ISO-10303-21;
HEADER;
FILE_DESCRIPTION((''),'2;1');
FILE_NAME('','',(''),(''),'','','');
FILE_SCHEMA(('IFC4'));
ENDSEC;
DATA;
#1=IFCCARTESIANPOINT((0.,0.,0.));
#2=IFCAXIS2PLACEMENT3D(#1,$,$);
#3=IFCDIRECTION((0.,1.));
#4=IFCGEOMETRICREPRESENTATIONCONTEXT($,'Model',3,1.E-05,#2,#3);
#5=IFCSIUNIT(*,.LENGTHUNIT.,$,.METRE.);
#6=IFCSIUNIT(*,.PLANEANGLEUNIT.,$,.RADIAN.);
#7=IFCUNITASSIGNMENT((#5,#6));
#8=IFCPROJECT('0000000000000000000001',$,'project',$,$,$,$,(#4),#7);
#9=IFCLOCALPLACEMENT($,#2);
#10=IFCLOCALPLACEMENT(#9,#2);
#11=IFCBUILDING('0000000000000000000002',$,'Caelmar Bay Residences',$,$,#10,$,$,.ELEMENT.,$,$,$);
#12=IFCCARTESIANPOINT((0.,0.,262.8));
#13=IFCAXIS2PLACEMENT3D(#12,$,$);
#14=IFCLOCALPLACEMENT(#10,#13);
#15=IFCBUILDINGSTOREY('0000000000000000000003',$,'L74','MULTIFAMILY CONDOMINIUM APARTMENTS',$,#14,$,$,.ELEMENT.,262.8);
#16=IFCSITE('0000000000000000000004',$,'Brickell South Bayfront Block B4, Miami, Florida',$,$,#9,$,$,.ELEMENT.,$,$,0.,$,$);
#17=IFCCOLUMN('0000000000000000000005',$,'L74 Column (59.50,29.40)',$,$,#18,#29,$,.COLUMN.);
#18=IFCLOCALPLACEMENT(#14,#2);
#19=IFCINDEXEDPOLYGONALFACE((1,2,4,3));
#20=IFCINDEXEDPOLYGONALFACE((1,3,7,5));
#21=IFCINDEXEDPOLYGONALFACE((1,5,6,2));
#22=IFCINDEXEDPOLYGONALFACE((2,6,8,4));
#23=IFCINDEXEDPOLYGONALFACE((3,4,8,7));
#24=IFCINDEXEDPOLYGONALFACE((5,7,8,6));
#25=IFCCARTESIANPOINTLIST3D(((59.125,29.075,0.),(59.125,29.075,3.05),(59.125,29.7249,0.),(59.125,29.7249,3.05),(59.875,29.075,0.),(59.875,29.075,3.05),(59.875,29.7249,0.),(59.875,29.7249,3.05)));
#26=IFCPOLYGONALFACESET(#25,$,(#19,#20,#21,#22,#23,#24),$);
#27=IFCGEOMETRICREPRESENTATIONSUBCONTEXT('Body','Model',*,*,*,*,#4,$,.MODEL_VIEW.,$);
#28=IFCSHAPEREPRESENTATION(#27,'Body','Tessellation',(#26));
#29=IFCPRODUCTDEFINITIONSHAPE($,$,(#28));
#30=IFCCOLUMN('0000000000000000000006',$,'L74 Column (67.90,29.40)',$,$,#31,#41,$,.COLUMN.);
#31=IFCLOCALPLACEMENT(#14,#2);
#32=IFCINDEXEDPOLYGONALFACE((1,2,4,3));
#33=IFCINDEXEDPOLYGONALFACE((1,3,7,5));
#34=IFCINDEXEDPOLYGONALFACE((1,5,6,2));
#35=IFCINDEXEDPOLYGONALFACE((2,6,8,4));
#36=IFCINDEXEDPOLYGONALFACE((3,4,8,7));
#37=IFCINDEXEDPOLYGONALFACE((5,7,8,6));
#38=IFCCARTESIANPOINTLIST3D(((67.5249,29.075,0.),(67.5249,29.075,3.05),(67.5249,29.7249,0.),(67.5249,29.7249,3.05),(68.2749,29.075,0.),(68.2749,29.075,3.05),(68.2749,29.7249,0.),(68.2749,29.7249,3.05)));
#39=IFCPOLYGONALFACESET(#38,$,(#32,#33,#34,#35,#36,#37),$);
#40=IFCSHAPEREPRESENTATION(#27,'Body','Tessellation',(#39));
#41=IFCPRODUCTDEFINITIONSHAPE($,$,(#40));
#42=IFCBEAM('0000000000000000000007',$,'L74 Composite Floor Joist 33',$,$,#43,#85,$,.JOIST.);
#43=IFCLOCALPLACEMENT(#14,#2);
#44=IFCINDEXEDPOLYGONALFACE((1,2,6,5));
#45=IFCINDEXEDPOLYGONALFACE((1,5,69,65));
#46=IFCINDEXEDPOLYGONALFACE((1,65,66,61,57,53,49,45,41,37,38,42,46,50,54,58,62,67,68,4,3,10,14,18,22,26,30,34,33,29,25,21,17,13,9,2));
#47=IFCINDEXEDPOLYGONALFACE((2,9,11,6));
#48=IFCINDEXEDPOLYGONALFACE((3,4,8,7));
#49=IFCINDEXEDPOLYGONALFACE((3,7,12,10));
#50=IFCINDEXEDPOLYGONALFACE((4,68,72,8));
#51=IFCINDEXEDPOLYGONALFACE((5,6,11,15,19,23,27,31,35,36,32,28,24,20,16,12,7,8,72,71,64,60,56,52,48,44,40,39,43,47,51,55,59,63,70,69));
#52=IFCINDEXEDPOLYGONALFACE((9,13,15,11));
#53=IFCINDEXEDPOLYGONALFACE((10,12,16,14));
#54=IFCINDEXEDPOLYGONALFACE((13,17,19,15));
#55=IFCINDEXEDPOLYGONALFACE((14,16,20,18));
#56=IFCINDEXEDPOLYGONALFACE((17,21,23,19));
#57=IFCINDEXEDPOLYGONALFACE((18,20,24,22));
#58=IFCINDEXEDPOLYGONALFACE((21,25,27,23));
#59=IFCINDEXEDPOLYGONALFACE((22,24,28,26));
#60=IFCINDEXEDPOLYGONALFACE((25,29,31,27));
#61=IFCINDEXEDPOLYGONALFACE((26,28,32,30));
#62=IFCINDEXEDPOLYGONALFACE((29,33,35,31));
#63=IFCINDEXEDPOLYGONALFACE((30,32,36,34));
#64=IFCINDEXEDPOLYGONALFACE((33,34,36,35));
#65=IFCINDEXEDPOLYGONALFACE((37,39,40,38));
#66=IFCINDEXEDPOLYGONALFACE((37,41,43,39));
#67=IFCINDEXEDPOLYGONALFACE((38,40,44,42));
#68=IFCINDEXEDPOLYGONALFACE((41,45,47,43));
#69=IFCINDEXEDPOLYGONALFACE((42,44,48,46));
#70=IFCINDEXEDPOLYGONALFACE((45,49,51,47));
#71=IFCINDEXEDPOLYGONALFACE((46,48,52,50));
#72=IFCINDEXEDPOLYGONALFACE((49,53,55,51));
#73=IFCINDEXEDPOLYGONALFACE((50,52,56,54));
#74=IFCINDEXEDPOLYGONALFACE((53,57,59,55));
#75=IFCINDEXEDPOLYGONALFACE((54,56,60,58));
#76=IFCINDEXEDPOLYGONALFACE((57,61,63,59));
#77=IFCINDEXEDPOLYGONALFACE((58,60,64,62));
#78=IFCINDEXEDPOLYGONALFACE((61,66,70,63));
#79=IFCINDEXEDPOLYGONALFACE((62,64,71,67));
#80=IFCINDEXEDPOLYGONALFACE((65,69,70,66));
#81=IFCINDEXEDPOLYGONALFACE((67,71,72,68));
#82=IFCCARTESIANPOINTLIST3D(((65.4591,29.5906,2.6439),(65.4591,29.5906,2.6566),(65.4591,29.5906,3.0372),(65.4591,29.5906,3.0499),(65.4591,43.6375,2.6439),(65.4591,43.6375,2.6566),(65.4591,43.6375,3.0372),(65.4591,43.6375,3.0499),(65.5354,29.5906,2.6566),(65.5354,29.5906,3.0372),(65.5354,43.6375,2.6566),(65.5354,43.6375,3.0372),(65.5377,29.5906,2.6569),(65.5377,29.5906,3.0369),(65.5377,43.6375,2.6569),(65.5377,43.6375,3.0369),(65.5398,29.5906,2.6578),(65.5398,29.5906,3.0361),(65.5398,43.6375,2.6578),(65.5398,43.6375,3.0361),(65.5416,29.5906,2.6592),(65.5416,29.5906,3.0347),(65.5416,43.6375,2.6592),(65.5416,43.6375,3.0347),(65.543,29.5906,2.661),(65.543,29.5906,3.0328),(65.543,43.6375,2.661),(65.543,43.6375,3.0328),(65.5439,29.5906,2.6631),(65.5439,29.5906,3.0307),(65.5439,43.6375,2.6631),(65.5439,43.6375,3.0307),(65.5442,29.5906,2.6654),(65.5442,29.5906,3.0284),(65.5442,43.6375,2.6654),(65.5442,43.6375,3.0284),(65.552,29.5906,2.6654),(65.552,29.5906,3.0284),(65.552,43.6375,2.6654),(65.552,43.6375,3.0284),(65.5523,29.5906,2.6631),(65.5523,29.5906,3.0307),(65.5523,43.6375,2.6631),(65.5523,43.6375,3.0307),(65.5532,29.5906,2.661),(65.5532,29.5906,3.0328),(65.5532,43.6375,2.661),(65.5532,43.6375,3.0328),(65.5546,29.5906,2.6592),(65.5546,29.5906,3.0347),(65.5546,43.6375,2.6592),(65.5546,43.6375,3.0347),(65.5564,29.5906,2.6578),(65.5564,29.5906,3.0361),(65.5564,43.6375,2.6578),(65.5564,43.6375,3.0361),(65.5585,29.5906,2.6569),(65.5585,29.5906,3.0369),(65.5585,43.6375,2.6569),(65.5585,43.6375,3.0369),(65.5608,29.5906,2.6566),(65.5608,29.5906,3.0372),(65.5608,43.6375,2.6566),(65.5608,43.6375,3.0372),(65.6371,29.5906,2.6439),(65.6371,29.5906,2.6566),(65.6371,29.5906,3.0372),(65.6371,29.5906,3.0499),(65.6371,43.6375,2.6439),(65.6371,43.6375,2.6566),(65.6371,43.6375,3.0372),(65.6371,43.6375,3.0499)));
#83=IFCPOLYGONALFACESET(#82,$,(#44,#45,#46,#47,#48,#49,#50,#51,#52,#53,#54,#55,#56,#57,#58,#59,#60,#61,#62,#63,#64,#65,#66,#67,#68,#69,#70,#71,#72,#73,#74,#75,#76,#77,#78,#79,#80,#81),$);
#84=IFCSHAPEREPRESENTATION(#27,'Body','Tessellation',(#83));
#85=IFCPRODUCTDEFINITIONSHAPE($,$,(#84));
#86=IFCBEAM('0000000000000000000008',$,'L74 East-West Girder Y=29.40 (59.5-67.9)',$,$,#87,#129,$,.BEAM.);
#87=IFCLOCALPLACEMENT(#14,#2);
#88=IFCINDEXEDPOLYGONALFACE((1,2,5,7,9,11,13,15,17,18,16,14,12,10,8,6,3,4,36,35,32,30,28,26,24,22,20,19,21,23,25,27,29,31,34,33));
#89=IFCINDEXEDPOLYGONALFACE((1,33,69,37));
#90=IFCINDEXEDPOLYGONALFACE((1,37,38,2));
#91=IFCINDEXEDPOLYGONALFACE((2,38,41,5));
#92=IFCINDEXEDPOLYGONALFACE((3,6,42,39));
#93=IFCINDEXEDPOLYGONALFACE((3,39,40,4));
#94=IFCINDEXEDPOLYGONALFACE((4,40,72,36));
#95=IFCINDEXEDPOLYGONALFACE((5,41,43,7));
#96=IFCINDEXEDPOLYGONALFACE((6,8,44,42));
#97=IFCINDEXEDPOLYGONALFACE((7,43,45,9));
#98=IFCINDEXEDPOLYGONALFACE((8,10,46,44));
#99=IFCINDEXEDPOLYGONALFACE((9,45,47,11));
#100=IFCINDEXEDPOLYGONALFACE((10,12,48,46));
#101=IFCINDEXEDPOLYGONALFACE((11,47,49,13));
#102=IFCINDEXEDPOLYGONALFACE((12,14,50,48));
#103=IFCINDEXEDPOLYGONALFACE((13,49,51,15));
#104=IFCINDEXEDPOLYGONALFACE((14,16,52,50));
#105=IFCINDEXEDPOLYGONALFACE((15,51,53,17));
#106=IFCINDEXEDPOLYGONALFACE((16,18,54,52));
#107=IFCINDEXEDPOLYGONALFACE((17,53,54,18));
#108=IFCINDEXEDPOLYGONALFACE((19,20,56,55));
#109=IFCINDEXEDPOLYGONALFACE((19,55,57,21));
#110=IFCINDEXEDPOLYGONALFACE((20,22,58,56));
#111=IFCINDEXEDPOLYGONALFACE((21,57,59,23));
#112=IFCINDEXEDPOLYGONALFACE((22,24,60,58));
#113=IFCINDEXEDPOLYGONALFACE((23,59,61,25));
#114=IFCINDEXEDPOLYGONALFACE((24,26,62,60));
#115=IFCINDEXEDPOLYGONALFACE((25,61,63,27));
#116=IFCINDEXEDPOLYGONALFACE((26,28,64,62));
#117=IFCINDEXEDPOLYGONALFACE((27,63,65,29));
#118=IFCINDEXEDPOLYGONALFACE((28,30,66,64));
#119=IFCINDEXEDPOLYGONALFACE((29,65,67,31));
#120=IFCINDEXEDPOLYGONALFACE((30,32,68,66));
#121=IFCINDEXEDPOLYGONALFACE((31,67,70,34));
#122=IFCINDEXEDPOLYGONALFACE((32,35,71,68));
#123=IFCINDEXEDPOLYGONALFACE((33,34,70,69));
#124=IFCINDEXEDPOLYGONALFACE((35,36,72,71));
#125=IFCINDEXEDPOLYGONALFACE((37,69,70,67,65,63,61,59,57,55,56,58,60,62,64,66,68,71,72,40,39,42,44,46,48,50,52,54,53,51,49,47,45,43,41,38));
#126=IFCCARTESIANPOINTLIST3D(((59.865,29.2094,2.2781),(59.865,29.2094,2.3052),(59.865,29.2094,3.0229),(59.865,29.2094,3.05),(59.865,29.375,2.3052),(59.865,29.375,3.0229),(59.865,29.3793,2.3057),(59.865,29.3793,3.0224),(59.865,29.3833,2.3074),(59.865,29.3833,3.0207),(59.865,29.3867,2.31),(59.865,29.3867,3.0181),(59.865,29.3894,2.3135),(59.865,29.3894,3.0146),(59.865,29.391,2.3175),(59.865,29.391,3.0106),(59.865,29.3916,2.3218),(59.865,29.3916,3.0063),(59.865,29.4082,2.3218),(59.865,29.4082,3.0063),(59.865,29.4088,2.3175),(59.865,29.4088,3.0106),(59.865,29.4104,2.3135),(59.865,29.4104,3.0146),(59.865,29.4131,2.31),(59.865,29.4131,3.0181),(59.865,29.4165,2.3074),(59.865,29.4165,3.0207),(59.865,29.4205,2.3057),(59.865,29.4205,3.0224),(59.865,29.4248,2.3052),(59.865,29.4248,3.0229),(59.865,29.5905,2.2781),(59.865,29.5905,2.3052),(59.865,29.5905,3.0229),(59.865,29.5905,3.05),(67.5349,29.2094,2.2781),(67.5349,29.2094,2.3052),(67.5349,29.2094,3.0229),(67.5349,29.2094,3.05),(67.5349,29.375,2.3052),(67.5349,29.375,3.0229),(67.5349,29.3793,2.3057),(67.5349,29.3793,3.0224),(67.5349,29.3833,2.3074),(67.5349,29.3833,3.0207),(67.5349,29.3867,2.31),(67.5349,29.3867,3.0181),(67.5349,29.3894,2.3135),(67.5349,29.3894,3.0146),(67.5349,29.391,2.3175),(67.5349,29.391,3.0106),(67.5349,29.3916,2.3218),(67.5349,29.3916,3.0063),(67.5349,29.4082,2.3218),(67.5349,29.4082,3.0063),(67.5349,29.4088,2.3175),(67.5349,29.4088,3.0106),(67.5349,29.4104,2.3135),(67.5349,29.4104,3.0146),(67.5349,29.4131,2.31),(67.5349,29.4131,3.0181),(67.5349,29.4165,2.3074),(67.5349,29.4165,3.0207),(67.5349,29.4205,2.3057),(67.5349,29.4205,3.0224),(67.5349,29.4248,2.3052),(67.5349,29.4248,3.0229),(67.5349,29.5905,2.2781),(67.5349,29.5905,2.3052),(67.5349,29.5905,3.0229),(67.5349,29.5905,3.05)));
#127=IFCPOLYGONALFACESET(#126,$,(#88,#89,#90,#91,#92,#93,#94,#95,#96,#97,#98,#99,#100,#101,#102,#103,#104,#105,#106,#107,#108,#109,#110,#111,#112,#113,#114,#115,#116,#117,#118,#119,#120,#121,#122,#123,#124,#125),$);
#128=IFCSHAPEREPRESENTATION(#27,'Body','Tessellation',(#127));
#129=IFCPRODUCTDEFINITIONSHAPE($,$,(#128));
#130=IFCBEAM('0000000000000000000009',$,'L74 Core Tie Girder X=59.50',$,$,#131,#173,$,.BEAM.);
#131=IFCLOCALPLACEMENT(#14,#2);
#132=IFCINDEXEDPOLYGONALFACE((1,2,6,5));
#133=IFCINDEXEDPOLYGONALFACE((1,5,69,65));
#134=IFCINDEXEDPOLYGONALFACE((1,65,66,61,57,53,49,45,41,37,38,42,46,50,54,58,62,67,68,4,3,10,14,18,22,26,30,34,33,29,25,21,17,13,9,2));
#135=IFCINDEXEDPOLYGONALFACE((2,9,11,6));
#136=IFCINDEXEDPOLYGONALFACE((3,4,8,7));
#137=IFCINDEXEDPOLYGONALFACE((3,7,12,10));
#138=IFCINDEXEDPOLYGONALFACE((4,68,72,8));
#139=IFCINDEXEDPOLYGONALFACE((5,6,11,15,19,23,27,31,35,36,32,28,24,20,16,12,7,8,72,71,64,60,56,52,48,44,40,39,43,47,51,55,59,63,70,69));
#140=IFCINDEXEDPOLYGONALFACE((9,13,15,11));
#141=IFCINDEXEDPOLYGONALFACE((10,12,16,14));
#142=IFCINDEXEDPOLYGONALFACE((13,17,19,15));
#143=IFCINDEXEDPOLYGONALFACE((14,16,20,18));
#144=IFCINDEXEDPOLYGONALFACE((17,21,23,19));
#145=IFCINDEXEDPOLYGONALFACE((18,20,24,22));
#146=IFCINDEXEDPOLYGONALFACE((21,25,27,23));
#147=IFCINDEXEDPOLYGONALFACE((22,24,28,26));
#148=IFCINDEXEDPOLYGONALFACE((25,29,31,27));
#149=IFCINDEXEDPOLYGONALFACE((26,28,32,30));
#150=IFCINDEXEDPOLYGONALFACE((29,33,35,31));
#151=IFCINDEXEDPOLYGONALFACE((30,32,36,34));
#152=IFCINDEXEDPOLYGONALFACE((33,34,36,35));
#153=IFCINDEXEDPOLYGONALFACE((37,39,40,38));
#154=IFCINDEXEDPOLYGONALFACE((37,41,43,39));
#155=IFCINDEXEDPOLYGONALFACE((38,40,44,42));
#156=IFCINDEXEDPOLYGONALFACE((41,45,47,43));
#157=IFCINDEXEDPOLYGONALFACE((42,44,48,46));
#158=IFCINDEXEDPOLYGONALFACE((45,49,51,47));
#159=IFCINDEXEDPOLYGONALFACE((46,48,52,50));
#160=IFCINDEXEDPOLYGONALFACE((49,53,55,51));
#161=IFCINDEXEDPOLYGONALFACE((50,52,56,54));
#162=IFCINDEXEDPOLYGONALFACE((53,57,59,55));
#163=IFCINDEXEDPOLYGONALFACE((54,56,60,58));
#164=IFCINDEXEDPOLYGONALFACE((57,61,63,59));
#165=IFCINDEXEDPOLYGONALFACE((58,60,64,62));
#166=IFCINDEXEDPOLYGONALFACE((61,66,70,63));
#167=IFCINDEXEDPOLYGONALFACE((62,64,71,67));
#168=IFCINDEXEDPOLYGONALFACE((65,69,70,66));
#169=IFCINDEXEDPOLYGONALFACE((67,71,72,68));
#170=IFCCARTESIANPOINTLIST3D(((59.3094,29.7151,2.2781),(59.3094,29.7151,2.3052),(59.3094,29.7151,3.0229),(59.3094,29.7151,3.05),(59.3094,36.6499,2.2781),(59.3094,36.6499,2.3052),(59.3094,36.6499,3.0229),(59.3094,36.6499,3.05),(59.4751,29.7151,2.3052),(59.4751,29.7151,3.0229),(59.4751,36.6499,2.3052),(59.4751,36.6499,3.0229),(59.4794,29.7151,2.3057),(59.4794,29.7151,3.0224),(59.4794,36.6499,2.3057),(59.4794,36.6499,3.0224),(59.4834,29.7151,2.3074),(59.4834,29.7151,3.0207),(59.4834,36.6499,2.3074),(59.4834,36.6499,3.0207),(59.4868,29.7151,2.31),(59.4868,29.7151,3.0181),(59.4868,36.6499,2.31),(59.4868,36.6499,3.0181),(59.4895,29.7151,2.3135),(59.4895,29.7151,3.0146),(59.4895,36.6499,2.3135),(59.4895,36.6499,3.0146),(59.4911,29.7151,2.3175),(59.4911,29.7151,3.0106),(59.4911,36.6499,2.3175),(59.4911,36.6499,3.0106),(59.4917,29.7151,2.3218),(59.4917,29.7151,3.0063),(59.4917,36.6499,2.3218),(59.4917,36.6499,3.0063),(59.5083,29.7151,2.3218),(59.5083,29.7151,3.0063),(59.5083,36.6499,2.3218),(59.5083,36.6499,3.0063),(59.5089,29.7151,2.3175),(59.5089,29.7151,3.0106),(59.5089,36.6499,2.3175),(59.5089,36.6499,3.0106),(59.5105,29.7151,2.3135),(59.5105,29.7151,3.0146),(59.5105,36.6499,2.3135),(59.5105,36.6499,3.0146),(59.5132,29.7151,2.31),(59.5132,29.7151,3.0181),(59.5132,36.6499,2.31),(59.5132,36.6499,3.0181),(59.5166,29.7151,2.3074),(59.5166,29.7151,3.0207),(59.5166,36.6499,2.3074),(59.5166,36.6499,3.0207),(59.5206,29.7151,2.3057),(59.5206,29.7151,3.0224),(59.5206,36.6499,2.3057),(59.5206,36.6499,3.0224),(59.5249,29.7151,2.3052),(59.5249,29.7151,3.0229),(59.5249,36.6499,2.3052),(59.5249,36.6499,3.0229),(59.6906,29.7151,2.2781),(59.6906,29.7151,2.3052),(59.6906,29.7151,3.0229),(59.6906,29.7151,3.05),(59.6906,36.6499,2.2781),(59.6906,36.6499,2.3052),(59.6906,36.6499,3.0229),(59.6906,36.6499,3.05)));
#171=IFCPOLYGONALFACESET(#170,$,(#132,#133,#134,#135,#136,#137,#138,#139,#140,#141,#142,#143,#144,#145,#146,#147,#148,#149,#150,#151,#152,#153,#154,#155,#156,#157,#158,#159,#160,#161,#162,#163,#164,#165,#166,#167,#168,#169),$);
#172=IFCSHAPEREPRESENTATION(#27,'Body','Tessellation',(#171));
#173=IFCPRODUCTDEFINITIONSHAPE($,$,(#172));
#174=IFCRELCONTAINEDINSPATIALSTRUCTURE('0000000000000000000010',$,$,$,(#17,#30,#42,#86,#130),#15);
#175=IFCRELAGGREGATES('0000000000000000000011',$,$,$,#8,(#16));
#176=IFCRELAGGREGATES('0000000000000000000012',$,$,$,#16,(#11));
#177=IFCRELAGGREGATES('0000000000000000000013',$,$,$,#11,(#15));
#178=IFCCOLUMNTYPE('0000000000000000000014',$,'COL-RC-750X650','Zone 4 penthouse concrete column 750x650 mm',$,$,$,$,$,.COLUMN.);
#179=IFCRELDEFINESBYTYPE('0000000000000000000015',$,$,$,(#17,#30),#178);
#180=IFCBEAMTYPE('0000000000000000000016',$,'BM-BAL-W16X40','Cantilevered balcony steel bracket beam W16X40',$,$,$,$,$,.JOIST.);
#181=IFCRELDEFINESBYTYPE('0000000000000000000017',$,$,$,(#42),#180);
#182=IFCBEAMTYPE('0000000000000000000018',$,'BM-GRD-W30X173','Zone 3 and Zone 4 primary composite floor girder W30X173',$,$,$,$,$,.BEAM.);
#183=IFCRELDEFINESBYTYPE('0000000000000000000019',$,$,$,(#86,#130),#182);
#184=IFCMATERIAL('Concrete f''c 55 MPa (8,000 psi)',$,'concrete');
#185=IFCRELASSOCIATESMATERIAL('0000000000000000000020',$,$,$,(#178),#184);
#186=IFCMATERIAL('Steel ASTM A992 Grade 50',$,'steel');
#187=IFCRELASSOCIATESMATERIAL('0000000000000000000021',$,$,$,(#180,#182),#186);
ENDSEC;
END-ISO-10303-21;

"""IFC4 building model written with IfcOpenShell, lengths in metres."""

from ifc_helpers import new_model, si_unit, direction, frame, origin, origin_2d, place, context, subcontext, project, spatial, rectangle, i_section, extrude, material, material_profile, profile_set, type_object, element, save


model = new_model("IFC4")

# Units and contexts
model_context = context("Model", 3, precision=1e-05, world=origin(), true_north=direction((0.0, 1.0)))
body_context = subcontext(model_context, "Body", "Model", "MODEL_VIEW")
ifc_project = project(units=[si_unit("LENGTHUNIT", "METRE"), si_unit("PLANEANGLEUNIT", "RADIAN")], contexts=[model_context])

# Site, building, storey
site_placement = place(None, origin())
site = spatial("IfcSite", under=ifc_project, at=site_placement, Name="Brickell South Bayfront Block B4, Miami, Florida", CompositionType="ELEMENT", RefElevation=0.0)
building_placement = place(site_placement, origin())
building = spatial("IfcBuilding", under=site, at=building_placement, Name="Caelmar Bay Residences", CompositionType="ELEMENT")
storey_placement = place(building_placement, frame((0.0, 0.0, 262.8)))
storey = spatial("IfcBuildingStorey", under=building, at=storey_placement, Name="L74", Description="MULTIFAMILY CONDOMINIUM APARTMENTS", CompositionType="ELEMENT", Elevation=262.8)

# Columns
ifc_material_1 = material(Name="Concrete f'c 55 MPa (8,000 psi)", Category="concrete")
ifc_material_profile_1 = material_profile(ifc_material_1, rectangle(XDim=0.75, YDim=0.6499, at=origin_2d()), Name="RC-COL-750X650")
ifc_profile_set_1 = profile_set([ifc_material_profile_1], Name="Concrete f'c 55 MPa (8,000 psi)")
column_type = type_object("IfcColumnType", Name="COL-RC-750X650", Description="Zone 4 penthouse concrete column 750x650 mm", PredefinedType="COLUMN", material=ifc_profile_set_1)
for number, where, z_axis, x_axis, name in (
    (1, (59.5, 29.3999, 0.0), (0.0, 0.0, 1.0), (1.0, 0.0, 0.0), "L74 Column (59.50,29.40)"),
    (2, (67.8999, 29.3999, 0.0), (0.0, 0.0, 1.0), (1.0, 0.0, 0.0), "L74 Column (67.90,29.40)"),
):
    element("IfcColumn", number, at=place(storey_placement, frame(where, z_axis=z_axis, x_axis=x_axis)), inside=storey, type_object=column_type, Name=name, PredefinedType="COLUMN", context=body_context, shape_type="SweptSolid", body=[
        extrude(rectangle(XDim=0.75, YDim=0.6499, at=origin_2d()), origin(), (0.0, 0.0, 1.0), 3.05),
    ])

# Beams
ifc_material_2 = material(Name="Steel ASTM A992 Grade 50", Category="steel")
ifc_material_profile_2 = material_profile(ifc_material_2, i_section(OverallWidth=0.178, OverallDepth=0.406, WebThickness=0.0078, FlangeThickness=0.0127, FilletRadius=0.0088, at=origin_2d()), Name="W16X40")
ifc_profile_set_2 = profile_set([ifc_material_profile_2], Name="Steel ASTM A992 Grade 50")
beam_type_1 = type_object("IfcBeamType", Name="BM-BAL-W16X40", Description="Cantilevered balcony steel bracket beam W16X40", PredefinedType="JOIST", material=ifc_profile_set_2)
beam_1_placement = place(storey_placement, frame((65.5481, 29.5906, 2.8469), z_axis=(0.0, 1.0, 0.0), x_axis=(-1.0, 0.0, 0.0)))
element("IfcBeam", 3, at=beam_1_placement, inside=storey, type_object=beam_type_1, Name="L74 Composite Floor Joist 33", PredefinedType="JOIST", context=body_context, shape_type="SweptSolid", body=[
    extrude(i_section(OverallWidth=0.178, OverallDepth=0.406, WebThickness=0.0078, FlangeThickness=0.0127, FilletRadius=0.0088, at=origin_2d()), origin(), (0.0, 0.0, 1.0), 14.0469),
])
ifc_material_profile_3 = material_profile(ifc_material_2, i_section(OverallWidth=0.3811, OverallDepth=0.772, WebThickness=0.0166, FlangeThickness=0.0271, FilletRadius=0.0166, at=origin_2d()), Name="W30X173")
ifc_profile_set_3 = profile_set([ifc_material_profile_3], Name="Steel ASTM A992 Grade 50")
beam_type_2 = type_object("IfcBeamType", Name="BM-GRD-W30X173", Description="Zone 3 and Zone 4 primary composite floor girder W30X173", PredefinedType="BEAM", material=ifc_profile_set_3)
beam_2_placement = place(storey_placement, frame((59.865, 29.3999, 2.6641), z_axis=(1.0, 0.0, 0.0), x_axis=(0.0, 1.0, 0.0)))
element("IfcBeam", 4, at=beam_2_placement, inside=storey, type_object=beam_type_2, Name="L74 East-West Girder Y=29.40 (59.5-67.9)", PredefinedType="BEAM", context=body_context, shape_type="SweptSolid", body=[
    extrude(i_section(OverallWidth=0.3811, OverallDepth=0.772, WebThickness=0.0166, FlangeThickness=0.0271, FilletRadius=0.0166, at=origin_2d()), origin(), (0.0, 0.0, 1.0), 7.6699),
])
beam_3_placement = place(storey_placement, frame((59.5, 29.7151, 2.6641), z_axis=(0.0, 1.0, 0.0), x_axis=(-1.0, 0.0, 0.0)))
element("IfcBeam", 5, at=beam_3_placement, inside=storey, type_object=beam_type_2, Name="L74 Core Tie Girder X=59.50", PredefinedType="BEAM", context=body_context, shape_type="SweptSolid", body=[
    extrude(i_section(OverallWidth=0.3811, OverallDepth=0.772, WebThickness=0.0166, FlangeThickness=0.0271, FilletRadius=0.0166, at=origin_2d()), origin(), (0.0, 0.0, 1.0), 6.9348),
])

save(model, "model.ifc")
